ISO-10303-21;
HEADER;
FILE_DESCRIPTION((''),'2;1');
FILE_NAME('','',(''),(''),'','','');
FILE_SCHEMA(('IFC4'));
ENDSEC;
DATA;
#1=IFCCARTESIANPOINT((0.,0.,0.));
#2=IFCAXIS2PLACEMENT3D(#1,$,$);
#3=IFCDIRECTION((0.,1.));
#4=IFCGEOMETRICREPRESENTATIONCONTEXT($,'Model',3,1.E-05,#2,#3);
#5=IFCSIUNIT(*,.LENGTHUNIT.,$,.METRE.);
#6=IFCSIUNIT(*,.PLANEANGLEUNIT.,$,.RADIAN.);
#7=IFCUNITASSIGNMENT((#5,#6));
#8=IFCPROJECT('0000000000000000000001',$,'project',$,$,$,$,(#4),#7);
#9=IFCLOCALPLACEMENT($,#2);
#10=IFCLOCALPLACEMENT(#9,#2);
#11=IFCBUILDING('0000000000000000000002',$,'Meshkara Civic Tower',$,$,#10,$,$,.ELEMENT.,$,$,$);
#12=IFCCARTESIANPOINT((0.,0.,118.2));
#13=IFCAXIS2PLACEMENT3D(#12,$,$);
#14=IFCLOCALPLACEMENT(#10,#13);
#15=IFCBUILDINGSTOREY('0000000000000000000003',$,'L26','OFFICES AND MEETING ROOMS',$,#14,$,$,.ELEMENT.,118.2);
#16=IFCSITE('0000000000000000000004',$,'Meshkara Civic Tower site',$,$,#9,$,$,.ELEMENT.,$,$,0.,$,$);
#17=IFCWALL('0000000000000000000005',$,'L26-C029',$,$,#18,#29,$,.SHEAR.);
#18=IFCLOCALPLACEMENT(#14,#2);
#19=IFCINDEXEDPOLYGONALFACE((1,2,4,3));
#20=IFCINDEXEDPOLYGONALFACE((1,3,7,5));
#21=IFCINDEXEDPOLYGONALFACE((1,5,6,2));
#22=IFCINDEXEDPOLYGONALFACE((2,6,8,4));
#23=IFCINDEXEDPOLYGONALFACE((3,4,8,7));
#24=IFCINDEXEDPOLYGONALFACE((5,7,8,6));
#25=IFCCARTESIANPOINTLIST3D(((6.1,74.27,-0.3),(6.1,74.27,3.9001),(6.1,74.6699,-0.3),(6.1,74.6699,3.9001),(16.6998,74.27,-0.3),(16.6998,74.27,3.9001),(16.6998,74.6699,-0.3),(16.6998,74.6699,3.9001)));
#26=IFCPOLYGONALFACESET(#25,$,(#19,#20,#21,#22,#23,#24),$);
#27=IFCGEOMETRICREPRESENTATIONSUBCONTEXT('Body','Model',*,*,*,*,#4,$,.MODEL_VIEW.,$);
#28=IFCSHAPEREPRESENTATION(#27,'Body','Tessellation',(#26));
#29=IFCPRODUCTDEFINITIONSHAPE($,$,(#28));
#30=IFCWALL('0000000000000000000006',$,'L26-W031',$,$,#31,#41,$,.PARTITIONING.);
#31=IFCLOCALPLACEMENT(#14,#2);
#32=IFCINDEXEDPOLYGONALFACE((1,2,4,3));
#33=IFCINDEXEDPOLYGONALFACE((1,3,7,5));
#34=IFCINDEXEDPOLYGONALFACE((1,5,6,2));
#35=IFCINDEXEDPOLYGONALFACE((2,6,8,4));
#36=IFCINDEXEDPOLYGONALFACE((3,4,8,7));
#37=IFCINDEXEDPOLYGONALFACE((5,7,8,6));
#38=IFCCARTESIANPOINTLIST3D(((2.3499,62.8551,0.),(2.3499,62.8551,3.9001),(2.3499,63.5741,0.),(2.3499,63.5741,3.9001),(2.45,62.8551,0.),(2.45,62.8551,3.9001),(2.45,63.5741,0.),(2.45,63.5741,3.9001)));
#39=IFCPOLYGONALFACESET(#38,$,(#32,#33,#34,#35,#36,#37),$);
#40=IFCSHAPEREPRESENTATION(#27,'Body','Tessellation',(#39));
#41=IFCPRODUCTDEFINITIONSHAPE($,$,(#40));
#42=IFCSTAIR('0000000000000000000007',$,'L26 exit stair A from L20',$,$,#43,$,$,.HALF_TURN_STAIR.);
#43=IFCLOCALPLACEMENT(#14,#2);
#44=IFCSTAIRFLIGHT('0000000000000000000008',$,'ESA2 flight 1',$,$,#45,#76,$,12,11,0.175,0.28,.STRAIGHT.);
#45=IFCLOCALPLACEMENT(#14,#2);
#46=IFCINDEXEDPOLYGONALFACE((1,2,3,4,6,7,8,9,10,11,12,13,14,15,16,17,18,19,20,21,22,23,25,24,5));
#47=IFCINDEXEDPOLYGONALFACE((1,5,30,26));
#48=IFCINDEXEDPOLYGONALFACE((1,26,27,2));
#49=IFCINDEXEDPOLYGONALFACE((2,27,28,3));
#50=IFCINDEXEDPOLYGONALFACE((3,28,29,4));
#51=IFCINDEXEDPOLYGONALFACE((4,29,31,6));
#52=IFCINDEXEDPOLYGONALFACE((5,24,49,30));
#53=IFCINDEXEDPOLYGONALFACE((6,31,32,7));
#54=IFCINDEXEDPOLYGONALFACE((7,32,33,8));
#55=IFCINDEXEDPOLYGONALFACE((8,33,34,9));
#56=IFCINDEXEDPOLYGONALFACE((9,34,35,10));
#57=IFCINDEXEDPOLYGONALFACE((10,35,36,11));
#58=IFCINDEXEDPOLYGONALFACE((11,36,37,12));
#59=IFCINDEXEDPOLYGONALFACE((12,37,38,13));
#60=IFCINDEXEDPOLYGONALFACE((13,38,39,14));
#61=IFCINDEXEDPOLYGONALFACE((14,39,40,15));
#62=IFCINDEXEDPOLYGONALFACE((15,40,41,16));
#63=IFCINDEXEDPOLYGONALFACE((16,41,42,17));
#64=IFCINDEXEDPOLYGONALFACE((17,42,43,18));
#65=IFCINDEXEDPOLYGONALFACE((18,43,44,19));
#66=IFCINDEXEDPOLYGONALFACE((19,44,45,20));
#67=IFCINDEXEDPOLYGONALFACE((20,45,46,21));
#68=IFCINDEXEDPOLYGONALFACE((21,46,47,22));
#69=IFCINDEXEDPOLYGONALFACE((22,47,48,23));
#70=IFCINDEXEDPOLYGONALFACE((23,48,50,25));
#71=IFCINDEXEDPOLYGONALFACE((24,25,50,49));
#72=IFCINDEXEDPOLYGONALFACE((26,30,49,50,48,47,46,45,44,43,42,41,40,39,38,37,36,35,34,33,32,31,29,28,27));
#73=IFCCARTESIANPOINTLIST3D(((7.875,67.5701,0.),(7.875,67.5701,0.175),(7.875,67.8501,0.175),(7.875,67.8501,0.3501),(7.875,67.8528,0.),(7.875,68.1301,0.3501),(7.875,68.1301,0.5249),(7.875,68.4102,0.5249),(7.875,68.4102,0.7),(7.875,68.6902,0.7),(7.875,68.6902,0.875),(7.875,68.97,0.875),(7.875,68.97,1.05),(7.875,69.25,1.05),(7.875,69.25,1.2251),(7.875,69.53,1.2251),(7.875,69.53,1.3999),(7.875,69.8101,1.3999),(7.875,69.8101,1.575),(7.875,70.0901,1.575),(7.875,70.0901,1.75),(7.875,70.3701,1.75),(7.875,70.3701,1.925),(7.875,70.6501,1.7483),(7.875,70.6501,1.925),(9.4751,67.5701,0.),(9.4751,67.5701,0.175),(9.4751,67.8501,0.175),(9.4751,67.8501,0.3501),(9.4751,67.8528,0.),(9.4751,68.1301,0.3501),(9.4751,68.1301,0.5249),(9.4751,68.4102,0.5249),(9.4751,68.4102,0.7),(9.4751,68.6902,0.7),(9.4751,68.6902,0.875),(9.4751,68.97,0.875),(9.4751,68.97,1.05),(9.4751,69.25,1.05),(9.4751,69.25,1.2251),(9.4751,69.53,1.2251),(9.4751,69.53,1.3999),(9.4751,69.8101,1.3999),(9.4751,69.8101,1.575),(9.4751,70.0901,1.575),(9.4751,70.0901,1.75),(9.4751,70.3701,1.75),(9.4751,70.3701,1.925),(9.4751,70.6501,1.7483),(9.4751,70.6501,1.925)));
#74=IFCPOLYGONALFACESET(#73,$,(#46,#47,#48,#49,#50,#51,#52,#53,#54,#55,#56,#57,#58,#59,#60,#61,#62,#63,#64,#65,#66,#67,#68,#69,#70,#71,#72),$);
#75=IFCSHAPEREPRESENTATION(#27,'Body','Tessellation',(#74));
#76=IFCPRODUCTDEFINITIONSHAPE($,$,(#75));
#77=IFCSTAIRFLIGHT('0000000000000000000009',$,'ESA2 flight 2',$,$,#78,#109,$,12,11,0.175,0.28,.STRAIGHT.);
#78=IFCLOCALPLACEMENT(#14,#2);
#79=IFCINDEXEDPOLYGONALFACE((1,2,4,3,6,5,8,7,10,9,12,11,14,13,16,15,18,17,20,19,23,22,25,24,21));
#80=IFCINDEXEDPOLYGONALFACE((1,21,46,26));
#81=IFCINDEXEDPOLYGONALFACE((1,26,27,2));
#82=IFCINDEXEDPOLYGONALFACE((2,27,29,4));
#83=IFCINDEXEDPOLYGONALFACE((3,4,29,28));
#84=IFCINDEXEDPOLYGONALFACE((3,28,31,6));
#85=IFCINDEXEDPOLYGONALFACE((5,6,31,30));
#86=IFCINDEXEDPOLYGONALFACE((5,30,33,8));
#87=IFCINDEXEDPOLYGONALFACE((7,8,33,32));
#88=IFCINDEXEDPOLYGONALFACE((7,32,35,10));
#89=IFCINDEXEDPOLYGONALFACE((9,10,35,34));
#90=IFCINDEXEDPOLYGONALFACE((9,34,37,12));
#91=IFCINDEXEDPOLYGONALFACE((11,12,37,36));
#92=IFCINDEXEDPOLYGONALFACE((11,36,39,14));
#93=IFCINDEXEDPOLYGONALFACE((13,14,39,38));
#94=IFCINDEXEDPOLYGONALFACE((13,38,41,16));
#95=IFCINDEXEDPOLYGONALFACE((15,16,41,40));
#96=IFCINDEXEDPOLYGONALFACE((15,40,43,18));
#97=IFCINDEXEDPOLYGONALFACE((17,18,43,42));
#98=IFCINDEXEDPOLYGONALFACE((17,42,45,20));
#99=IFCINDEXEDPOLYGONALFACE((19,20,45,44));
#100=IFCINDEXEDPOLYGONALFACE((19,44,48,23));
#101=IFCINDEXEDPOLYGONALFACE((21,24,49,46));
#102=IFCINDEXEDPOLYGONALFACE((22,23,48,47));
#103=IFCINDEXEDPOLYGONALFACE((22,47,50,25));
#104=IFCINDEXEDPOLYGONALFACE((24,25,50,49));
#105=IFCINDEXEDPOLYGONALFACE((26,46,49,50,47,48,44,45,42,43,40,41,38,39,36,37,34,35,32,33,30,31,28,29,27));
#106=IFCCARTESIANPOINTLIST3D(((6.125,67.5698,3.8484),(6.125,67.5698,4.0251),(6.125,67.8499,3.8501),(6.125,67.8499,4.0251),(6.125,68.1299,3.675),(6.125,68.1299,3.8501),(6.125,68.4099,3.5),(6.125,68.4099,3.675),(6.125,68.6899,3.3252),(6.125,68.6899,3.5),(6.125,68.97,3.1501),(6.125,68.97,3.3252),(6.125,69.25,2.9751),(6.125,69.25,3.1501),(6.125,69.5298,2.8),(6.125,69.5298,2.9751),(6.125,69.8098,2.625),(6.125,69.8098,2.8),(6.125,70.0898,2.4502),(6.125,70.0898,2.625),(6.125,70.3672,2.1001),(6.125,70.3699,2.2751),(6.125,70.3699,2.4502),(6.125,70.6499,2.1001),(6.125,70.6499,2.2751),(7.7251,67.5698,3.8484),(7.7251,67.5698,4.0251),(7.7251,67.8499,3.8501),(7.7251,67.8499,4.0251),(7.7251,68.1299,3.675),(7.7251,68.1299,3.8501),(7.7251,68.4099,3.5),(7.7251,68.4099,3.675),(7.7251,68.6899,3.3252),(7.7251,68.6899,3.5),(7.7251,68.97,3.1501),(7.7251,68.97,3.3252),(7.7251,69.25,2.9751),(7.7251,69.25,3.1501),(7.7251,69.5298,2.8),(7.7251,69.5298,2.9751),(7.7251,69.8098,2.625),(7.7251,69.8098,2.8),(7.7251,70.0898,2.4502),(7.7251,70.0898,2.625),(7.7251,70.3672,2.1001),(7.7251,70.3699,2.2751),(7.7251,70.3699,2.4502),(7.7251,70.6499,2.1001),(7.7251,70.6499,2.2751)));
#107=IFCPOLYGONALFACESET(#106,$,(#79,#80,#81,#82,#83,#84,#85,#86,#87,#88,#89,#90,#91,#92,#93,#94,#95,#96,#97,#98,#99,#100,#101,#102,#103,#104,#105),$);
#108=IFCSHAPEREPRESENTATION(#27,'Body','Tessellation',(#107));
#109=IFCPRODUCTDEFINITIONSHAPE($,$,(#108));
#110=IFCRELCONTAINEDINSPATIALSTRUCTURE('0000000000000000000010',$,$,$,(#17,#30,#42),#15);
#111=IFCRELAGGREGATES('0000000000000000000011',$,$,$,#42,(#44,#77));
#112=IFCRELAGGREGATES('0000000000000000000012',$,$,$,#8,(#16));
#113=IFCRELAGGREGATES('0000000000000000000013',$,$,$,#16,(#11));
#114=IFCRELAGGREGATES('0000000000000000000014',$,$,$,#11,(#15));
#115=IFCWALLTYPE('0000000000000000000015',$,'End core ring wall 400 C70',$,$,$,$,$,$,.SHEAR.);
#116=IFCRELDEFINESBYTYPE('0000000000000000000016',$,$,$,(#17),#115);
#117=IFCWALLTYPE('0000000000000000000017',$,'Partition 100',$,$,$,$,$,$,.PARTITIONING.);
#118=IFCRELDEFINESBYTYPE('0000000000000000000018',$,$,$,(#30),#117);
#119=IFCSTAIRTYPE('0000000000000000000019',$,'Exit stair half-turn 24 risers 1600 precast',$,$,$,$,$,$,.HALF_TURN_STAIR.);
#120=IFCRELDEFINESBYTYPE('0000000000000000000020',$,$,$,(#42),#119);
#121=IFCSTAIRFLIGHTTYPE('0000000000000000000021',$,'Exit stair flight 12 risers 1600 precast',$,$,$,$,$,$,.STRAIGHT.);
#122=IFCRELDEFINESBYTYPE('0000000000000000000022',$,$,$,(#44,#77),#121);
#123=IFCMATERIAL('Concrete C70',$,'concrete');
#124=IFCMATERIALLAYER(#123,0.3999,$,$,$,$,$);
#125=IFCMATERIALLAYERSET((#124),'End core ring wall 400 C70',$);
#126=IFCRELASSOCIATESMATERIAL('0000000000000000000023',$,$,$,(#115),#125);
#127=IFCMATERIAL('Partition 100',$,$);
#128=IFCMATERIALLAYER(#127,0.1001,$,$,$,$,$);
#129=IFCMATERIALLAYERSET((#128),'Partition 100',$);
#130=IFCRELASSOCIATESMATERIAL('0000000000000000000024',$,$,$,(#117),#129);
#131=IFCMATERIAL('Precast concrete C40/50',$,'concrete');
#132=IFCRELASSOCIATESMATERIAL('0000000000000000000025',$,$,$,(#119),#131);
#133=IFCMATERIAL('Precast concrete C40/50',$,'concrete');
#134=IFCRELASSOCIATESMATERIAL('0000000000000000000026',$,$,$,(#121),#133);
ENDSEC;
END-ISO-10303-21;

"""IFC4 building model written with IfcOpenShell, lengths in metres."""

from ifc_helpers import new_model, si_unit, direction, frame, frame_2d, origin, place, context, subcontext, project, spatial, polyline, rectangle, outline, extrude, material, layer, layer_set, type_object, element, aggregate, save


model = new_model("IFC4")

# Units and contexts
model_context = context("Model", 3, precision=1e-05, world=origin(), true_north=direction((0.0, 1.0)))
body_context = subcontext(model_context, "Body", "Model", "MODEL_VIEW")
ifc_project = project(units=[si_unit("LENGTHUNIT", "METRE"), si_unit("PLANEANGLEUNIT", "RADIAN")], contexts=[model_context])

# Site, building, storey
site_placement = place(None, origin())
site = spatial("IfcSite", under=ifc_project, at=site_placement, Name="Meshkara Civic Tower site", CompositionType="ELEMENT", RefElevation=0.0)
building_placement = place(site_placement, origin())
building = spatial("IfcBuilding", under=site, at=building_placement, Name="Meshkara Civic Tower", CompositionType="ELEMENT")
storey_placement = place(building_placement, frame((0.0, 0.0, 118.2)))
storey = spatial("IfcBuildingStorey", under=building, at=storey_placement, Name="L26", Description="OFFICES AND MEETING ROOMS", CompositionType="ELEMENT", Elevation=118.2)

# Shared definitions
ifc_material_1 = material(Name="Concrete C70", Category="concrete")
ifc_layer_1 = layer(ifc_material_1, 0.3999)
ifc_layer_set_1 = layer_set([ifc_layer_1], Name="End core ring wall 400 C70")
wall_type_1 = type_object("IfcWallType", Name="End core ring wall 400 C70", PredefinedType="SHEAR", material=ifc_layer_set_1)

# Walls
wall_1_placement = place(storey_placement, frame((6.1001, 74.47, -0.3), z_axis=(0.0, 0.0, 1.0), x_axis=(1.0, 0.0, 0.0)))
element("IfcWall", 1, at=wall_1_placement, inside=storey, type_object=wall_type_1, Name="L26-C029", PredefinedType="SHEAR", context=body_context, shape_type="SweptSolid", body=[
    extrude(rectangle(XDim=10.5999, YDim=0.3999, at=frame_2d((5.2998, 0.0))), origin(), (0.0, 0.0, 1.0), 4.2002),
])
ifc_material_2 = material(Name="Partition 100")
ifc_layer_2 = layer(ifc_material_2, 0.1001)
ifc_layer_set_2 = layer_set([ifc_layer_2], Name="Partition 100")
wall_type_2 = type_object("IfcWallType", Name="Partition 100", PredefinedType="PARTITIONING", material=ifc_layer_set_2)
wall_2_placement = place(storey_placement, frame((2.3999, 63.574, 0.0), z_axis=(0.0, 0.0, 1.0), x_axis=(0.0, -1.0, 0.0)))
element("IfcWall", 2, at=wall_2_placement, inside=storey, type_object=wall_type_2, Name="L26-W031", PredefinedType="PARTITIONING", context=body_context, shape_type="SweptSolid", body=[
    extrude(rectangle(XDim=0.719, YDim=0.1001, at=frame_2d((0.3594, 0.0))), origin(), (0.0, 0.0, 1.0), 3.9001),
])

# Stair, stair flights
ifc_material_3 = material(Name="Precast concrete C40/50", Category="concrete")
stair_type = type_object("IfcStairType", Name="Exit stair half-turn 24 risers 1600 precast", PredefinedType="HALF_TURN_STAIR", material=ifc_material_3)
stair_placement = place(storey_placement, origin())
stair = element("IfcStair", 3, at=stair_placement, inside=storey, type_object=stair_type, Name="L26 exit stair A from L20", PredefinedType="HALF_TURN_STAIR")
ifc_material_4 = material(Name="Precast concrete C40/50", Category="concrete")
stair_flight_type = type_object("IfcStairFlightType", Name="Exit stair flight 12 risers 1600 precast", PredefinedType="STRAIGHT", material=ifc_material_4)
stair_flight_1_placement = place(storey_placement, frame((8.675, 67.5701, 0.0), z_axis=(0.0, 0.0, 1.0), x_axis=(0.0, 1.0, 0.0)))
stair_flight_1 = element("IfcStairFlight", 4, at=stair_flight_1_placement, type_object=stair_flight_type, Name="ESA2 flight 1", NumberOfRisers=12, NumberOfTreads=11, PredefinedType="STRAIGHT", RiserHeight=0.175, TreadLength=0.28, context=body_context, shape_type="SweptSolid", body=[
    extrude(outline(polyline([(0.0, 0.0), (0.0, 0.175), (0.28, 0.175), (0.28, 0.3501), (0.5601, 0.3501), (0.5601, 0.5249), (0.8401, 0.5249), (0.8401, 0.7), (1.1201, 0.7), (1.1201, 0.875), (1.3999, 0.875), (1.3999, 1.05), (1.6799, 1.05), (1.6799, 1.2251), (1.96, 1.2251), (1.96, 1.3999), (2.24, 1.3999), (2.24, 1.575), (2.52, 1.575), (2.52, 1.75), (2.8, 1.75), (2.8, 1.925), (3.0801, 1.925), (3.0801, 2.1001), (3.0801, 1.7483), (0.2827, 0.0), (0.0, 0.0)])), frame((0.0, 0.8, 0.0), z_axis=(0.0, -1.0, 0.0), x_axis=(1.0, 0.0, 0.0)), (0.0, 0.0, 1.0), 1.6001),
])
stair_flight_2_placement = place(storey_placement, frame((6.925, 70.6499, 2.1001), z_axis=(0.0, 0.0, 1.0), x_axis=(0.0, -1.0, 0.0)))
stair_flight_2 = element("IfcStairFlight", 5, at=stair_flight_2_placement, type_object=stair_flight_type, Name="ESA2 flight 2", NumberOfRisers=12, NumberOfTreads=11, PredefinedType="STRAIGHT", RiserHeight=0.175, TreadLength=0.28, context=body_context, shape_type="SweptSolid", body=[
    extrude(outline(polyline([(0.0, 0.0), (0.0, 0.175), (0.28, 0.175), (0.28, 0.3501), (0.5601, 0.3501), (0.5601, 0.5249), (0.8401, 0.5249), (0.8401, 0.7), (1.1201, 0.7), (1.1201, 0.875), (1.3999, 0.875), (1.3999, 1.05), (1.6799, 1.05), (1.6799, 1.2251), (1.96, 1.2251), (1.96, 1.3999), (2.24, 1.3999), (2.24, 1.575), (2.52, 1.575), (2.52, 1.75), (2.8, 1.75), (2.8, 1.925), (3.0801, 1.925), (3.0801, 2.1001), (3.0801, 1.7483), (0.2827, 0.0), (0.0, 0.0)])), frame((0.0, 0.8, 0.0), z_axis=(0.0, -1.0, 0.0), x_axis=(1.0, 0.0, 0.0)), (0.0, 0.0, 1.0), 1.6001),
])
aggregate(stair, [stair_flight_1, stair_flight_2])

save(model, "model.ifc")
